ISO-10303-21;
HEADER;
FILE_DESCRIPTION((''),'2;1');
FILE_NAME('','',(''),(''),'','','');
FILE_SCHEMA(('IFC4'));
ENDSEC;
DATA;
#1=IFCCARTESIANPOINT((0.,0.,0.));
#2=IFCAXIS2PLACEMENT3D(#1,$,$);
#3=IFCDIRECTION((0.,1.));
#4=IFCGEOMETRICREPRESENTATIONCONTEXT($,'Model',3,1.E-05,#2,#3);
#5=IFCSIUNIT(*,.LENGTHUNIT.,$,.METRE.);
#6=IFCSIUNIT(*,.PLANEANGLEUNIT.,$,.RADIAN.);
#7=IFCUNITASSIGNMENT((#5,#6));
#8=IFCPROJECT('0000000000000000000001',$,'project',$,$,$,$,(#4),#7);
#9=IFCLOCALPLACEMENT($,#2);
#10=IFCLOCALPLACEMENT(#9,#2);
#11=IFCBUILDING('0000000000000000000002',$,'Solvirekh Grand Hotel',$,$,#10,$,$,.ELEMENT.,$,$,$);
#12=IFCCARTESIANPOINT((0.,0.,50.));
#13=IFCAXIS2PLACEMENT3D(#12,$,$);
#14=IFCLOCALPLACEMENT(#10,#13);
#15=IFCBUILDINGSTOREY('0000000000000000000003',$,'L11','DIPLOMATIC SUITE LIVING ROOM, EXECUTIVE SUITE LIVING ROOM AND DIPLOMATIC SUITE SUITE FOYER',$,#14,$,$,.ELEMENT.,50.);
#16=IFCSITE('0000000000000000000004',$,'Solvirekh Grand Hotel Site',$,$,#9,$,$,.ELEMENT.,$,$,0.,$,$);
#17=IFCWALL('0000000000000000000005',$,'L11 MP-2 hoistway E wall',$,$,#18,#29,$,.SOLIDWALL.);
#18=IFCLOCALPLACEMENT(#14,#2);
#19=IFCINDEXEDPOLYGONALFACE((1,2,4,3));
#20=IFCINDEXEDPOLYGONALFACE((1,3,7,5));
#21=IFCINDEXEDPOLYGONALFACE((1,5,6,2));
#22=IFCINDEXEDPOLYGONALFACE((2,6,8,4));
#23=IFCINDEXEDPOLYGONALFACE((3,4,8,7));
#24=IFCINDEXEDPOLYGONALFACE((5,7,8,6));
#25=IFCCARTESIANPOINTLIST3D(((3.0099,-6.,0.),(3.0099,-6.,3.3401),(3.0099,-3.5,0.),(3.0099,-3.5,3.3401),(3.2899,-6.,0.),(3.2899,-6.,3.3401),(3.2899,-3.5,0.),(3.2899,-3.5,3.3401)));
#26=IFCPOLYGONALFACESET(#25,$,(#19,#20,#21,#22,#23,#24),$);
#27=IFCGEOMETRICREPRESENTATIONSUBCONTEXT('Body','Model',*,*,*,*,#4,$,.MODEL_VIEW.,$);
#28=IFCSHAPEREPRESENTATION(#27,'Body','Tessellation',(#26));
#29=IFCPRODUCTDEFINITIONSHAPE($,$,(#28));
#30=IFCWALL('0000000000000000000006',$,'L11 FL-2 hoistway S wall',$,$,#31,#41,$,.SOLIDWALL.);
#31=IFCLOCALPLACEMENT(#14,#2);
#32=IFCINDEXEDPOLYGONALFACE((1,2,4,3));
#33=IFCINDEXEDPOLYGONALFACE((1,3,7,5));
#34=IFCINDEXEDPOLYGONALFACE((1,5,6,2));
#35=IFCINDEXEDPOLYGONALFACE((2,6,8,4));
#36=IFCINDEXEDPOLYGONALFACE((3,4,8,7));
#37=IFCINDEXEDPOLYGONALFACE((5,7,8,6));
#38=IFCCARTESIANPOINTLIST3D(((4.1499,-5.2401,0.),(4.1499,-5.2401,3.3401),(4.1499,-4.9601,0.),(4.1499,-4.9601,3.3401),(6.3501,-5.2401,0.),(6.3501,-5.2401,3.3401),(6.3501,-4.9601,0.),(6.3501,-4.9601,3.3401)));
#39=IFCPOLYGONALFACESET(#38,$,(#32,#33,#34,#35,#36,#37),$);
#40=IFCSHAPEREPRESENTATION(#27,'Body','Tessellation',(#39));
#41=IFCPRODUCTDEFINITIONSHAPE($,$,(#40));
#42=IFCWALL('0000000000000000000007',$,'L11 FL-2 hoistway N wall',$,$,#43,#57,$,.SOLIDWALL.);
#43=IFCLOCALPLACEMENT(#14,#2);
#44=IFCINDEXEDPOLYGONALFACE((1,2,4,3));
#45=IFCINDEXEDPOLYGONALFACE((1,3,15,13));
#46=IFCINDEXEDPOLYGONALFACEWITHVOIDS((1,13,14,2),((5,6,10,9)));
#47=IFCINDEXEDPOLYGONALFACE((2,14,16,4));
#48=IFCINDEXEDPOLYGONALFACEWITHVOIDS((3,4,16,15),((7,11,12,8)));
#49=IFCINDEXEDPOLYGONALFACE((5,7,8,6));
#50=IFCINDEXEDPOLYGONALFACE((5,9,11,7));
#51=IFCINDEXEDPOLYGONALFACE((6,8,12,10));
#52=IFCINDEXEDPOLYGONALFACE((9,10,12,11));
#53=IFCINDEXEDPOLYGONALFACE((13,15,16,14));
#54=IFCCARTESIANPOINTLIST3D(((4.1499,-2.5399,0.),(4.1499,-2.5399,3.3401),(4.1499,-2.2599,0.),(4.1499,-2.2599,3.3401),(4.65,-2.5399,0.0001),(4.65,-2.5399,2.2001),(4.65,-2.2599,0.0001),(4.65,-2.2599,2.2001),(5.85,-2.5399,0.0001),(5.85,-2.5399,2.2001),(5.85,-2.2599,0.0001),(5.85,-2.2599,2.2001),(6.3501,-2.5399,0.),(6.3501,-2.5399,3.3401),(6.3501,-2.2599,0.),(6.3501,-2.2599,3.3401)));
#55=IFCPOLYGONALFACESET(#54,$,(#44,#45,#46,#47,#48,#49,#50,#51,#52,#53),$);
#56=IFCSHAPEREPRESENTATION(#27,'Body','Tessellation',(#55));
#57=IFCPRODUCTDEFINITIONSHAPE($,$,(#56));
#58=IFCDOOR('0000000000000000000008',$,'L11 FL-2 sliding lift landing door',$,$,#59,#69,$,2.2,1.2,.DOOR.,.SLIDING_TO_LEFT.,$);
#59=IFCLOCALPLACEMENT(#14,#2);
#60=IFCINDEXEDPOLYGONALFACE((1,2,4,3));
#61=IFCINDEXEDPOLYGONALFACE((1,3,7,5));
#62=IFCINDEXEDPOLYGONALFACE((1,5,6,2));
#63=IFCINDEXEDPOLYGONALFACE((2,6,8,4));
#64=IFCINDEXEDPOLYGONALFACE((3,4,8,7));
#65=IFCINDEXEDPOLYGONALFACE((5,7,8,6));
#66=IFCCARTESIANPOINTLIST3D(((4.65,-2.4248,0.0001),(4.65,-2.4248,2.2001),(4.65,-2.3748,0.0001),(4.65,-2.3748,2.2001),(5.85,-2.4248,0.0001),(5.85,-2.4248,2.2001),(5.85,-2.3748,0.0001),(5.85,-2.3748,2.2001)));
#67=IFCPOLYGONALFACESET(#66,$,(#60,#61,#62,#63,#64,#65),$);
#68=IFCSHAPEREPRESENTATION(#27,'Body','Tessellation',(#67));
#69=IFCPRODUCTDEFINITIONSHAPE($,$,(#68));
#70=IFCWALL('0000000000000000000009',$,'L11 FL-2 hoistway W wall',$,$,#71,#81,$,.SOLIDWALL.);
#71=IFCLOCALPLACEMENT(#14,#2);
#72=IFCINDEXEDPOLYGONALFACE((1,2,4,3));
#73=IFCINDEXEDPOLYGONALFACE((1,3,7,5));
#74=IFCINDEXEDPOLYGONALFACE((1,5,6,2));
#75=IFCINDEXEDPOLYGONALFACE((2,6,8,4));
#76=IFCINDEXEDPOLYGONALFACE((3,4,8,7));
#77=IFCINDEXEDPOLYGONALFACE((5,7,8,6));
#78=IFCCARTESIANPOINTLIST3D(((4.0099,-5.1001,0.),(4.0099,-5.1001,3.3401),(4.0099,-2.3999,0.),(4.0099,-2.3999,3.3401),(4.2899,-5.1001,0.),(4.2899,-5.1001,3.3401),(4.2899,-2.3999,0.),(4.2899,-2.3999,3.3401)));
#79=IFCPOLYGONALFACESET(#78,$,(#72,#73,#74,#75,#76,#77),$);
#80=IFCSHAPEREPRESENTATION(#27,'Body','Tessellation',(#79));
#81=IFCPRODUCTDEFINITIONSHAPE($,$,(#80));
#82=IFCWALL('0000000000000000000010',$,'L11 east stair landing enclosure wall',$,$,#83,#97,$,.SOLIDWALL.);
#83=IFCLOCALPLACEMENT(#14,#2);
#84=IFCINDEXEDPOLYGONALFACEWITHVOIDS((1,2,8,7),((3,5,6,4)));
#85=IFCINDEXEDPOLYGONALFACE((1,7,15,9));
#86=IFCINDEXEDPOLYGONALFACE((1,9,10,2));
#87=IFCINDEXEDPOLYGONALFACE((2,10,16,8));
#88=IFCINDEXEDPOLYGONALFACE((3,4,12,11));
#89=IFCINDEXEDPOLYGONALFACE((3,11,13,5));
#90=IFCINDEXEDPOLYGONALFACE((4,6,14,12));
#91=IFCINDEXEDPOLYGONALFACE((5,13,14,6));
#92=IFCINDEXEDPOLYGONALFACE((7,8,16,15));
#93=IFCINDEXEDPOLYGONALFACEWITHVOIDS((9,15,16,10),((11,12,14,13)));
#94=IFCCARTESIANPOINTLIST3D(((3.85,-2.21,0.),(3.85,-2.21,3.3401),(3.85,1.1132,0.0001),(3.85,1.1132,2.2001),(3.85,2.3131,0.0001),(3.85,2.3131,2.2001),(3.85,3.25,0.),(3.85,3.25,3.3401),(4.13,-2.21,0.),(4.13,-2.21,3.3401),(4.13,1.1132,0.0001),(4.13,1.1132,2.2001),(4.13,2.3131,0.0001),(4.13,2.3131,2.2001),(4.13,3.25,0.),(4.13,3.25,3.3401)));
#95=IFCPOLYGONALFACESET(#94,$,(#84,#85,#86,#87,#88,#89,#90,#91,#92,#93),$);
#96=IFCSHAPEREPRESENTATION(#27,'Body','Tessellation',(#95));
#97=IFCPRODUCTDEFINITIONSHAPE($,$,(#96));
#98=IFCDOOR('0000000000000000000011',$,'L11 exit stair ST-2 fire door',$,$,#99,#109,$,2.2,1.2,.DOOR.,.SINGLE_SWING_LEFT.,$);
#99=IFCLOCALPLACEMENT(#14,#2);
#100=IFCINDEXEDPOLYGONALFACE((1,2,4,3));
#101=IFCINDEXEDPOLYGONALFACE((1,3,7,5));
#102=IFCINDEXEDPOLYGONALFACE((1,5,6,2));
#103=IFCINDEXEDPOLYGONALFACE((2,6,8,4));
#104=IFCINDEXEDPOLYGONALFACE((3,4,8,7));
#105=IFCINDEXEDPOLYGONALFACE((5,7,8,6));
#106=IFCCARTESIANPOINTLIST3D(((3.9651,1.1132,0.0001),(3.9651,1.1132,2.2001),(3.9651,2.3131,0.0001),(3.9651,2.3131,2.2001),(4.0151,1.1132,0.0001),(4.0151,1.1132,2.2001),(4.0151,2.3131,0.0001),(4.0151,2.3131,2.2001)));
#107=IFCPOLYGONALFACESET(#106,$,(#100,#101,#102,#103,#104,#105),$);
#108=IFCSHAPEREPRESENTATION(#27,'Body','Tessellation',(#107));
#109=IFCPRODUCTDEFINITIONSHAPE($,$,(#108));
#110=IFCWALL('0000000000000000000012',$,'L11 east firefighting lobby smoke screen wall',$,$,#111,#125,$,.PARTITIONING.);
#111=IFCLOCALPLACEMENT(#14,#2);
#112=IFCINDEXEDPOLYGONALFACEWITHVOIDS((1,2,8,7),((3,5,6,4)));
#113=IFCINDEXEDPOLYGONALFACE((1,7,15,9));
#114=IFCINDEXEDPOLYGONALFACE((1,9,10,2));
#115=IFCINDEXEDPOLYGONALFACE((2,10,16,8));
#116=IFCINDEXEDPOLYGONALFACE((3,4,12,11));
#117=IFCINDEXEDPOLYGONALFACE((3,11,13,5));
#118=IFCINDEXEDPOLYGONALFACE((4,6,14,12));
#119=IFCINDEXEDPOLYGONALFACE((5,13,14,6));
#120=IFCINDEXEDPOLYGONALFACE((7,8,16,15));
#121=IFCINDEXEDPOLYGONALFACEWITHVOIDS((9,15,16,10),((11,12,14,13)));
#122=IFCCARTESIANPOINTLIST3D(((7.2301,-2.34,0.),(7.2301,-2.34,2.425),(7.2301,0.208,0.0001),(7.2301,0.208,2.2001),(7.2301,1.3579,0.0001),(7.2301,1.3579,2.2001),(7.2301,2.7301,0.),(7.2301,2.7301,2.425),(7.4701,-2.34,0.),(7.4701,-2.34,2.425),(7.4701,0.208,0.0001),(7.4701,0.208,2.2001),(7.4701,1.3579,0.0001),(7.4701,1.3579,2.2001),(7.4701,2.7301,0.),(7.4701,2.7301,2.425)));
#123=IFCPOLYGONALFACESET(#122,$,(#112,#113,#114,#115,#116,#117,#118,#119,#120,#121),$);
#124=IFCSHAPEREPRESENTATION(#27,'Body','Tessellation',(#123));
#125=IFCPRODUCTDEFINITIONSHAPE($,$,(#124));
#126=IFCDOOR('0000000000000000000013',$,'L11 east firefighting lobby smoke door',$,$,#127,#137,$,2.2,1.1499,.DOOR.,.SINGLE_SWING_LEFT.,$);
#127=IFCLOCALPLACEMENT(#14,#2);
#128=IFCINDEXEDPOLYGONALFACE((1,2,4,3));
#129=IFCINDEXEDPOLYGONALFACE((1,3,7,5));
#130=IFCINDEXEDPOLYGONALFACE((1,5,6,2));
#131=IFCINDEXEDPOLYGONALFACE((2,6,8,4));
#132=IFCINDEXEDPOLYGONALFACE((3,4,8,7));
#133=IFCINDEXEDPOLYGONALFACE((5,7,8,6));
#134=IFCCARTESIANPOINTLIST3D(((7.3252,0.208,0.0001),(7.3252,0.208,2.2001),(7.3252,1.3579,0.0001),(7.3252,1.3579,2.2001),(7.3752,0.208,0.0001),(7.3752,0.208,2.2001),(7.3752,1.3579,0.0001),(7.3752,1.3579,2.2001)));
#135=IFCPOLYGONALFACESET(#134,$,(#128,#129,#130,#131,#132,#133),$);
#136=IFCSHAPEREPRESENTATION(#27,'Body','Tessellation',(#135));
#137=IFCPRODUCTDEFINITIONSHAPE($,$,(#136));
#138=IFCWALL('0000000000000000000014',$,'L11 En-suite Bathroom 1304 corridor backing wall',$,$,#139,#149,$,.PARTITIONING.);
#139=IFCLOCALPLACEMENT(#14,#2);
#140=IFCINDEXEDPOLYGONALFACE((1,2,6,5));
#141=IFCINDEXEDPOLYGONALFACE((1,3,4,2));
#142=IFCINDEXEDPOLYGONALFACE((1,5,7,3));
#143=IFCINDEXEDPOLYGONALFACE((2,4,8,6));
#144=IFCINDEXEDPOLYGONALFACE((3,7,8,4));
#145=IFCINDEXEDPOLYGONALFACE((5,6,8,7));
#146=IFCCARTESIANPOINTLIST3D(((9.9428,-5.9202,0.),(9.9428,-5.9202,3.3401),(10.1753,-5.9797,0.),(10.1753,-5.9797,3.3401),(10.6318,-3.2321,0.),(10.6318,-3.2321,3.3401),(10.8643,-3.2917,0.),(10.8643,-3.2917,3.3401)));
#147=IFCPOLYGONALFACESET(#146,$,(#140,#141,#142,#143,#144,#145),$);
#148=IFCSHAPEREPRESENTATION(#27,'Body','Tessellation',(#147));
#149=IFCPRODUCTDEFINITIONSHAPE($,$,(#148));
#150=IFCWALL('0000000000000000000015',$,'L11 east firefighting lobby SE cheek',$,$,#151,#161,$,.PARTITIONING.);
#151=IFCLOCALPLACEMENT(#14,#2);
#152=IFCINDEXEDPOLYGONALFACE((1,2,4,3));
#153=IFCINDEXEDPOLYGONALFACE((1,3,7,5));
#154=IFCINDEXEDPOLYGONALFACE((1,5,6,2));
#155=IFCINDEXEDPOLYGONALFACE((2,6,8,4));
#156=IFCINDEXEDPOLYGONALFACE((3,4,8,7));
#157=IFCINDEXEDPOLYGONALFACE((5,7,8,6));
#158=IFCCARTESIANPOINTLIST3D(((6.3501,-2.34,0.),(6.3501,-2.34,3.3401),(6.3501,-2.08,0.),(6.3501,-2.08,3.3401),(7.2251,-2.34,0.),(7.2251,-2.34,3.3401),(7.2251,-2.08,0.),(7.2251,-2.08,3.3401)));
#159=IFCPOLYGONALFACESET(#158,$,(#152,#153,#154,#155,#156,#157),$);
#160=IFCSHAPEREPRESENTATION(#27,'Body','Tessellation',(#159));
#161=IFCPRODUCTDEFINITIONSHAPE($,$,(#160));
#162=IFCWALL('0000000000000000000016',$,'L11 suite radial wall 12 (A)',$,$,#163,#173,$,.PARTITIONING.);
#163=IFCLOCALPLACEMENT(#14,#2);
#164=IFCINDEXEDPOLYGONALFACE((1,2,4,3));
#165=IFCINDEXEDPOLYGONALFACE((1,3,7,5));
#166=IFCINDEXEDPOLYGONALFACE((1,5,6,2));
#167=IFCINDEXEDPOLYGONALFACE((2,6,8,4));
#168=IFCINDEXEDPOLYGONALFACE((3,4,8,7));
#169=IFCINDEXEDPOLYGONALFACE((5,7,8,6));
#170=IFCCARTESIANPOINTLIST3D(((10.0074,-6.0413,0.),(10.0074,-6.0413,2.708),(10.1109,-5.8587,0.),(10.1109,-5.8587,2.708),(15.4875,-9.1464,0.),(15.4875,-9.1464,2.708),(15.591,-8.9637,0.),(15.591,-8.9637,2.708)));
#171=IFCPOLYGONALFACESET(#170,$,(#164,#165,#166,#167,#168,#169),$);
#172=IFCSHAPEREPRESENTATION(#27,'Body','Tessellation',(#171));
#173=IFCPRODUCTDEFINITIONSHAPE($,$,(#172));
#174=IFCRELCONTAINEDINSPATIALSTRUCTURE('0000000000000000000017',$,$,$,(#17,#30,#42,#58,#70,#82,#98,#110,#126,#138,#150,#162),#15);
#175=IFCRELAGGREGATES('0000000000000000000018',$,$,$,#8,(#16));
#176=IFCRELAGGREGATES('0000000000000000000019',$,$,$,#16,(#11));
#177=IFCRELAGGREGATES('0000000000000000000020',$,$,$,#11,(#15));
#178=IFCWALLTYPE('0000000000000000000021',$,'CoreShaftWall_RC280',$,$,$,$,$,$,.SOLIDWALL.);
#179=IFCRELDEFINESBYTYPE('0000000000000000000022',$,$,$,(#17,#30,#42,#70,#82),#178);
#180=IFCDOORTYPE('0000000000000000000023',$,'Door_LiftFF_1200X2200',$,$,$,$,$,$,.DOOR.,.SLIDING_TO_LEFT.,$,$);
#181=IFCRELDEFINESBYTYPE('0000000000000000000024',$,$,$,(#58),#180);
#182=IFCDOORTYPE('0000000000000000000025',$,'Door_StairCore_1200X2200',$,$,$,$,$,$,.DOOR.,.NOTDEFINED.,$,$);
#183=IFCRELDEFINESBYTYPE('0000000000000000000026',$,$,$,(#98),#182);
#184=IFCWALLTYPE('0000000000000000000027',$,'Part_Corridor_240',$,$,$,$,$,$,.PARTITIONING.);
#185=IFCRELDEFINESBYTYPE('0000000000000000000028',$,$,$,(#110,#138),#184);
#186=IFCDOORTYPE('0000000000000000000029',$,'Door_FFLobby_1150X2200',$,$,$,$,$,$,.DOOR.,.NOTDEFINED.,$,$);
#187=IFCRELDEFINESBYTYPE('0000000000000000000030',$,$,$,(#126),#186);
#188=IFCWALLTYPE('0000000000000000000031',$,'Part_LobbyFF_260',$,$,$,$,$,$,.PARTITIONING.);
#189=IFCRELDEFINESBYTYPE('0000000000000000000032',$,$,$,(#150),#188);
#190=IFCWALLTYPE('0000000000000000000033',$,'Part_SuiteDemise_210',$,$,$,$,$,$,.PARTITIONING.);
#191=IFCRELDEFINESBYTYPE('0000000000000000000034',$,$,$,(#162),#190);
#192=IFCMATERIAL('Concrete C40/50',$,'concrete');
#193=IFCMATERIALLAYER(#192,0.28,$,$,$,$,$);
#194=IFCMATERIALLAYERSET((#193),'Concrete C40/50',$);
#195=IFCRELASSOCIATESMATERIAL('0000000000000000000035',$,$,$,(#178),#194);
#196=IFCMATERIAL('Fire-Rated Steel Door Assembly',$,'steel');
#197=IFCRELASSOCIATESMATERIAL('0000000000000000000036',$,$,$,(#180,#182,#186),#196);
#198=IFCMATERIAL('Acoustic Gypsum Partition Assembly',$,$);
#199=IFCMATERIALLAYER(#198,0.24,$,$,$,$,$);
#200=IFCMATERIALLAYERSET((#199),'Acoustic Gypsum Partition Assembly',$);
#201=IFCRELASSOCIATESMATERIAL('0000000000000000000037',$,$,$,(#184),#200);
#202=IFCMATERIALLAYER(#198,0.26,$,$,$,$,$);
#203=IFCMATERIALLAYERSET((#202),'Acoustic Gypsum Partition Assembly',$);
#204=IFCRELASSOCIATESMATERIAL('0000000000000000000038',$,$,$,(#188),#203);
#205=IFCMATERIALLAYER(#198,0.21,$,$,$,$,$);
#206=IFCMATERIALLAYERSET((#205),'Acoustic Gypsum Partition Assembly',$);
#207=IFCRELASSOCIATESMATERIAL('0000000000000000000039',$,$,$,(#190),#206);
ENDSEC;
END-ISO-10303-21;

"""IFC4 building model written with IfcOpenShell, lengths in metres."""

from ifc_helpers import new_model, si_unit, direction, frame, frame_2d, origin, place, context, subcontext, project, spatial, rectangle, extrude, material, layer, layer_set, type_object, element, fill, save


model = new_model("IFC4")

# Units and contexts
model_context = context("Model", 3, precision=1e-05, world=origin(), true_north=direction((0.0, 1.0)))
body_context = subcontext(model_context, "Body", "Model", "MODEL_VIEW")
ifc_project = project(units=[si_unit("LENGTHUNIT", "METRE"), si_unit("PLANEANGLEUNIT", "RADIAN")], contexts=[model_context])

# Site, building, storey
site_placement = place(None, origin())
site = spatial("IfcSite", under=ifc_project, at=site_placement, Name="Solvirekh Grand Hotel Site", CompositionType="ELEMENT", RefElevation=0.0)
building_placement = place(site_placement, origin())
building = spatial("IfcBuilding", under=site, at=building_placement, Name="Solvirekh Grand Hotel", CompositionType="ELEMENT")
storey_placement = place(building_placement, frame((0.0, 0.0, 50.0)))
storey = spatial("IfcBuildingStorey", under=building, at=storey_placement, Name="L11", Description="DIPLOMATIC SUITE LIVING ROOM, EXECUTIVE SUITE LIVING ROOM AND DIPLOMATIC SUITE SUITE FOYER", CompositionType="ELEMENT", Elevation=50.0)

# Walls
ifc_material_1 = material(Name="Concrete C40/50", Category="concrete")
ifc_layer_1 = layer(ifc_material_1, 0.28)
ifc_layer_set_1 = layer_set([ifc_layer_1], Name="Concrete C40/50")
wall_type_1 = type_object("IfcWallType", Name="CoreShaftWall_RC280", PredefinedType="SOLIDWALL", material=ifc_layer_set_1)
wall_1_placement = place(storey_placement, frame((3.1499, -6.0, 0.0), z_axis=(0.0, 0.0, 1.0), x_axis=(0.0, 1.0, 0.0)))
element("IfcWall", 1, at=wall_1_placement, inside=storey, type_object=wall_type_1, Name="L11 MP-2 hoistway E wall", PredefinedType="SOLIDWALL", context=body_context, shape_type="SweptSolid", body=[
    extrude(rectangle(XDim=2.5, YDim=0.28, at=frame_2d((1.25, 0.0))), origin(), (0.0, 0.0, 1.0), 3.3401),
])
wall_2_placement = place(storey_placement, frame((4.1499, -5.1001, 0.0), z_axis=(0.0, 0.0, 1.0), x_axis=(1.0, 0.0, 0.0)))
element("IfcWall", 2, at=wall_2_placement, inside=storey, type_object=wall_type_1, Name="L11 FL-2 hoistway S wall", PredefinedType="SOLIDWALL", context=body_context, shape_type="SweptSolid", body=[
    extrude(rectangle(XDim=2.2002, YDim=0.28, at=frame_2d((1.1001, 0.0))), origin(), (0.0, 0.0, 1.0), 3.3401),
])

# Wall, opening, door
wall_3_placement = place(storey_placement, frame((6.3501, -2.3999, 0.0), z_axis=(0.0, 0.0, 1.0), x_axis=(-1.0, 0.0, 0.0)))
wall_3 = element("IfcWall", 3, at=wall_3_placement, inside=storey, type_object=wall_type_1, Name="L11 FL-2 hoistway N wall", PredefinedType="SOLIDWALL", context=body_context, shape_type="SweptSolid", body=[
    extrude(rectangle(XDim=2.2002, YDim=0.28, at=frame_2d((1.1001, 0.0))), origin(), (0.0, 0.0, 1.0), 3.3401),
])
opening_1_placement = place(wall_3_placement, frame((0.5, 0.0, 0.0)))
opening_1 = element("IfcOpeningElement", 4, at=opening_1_placement, cuts=wall_3, PredefinedType="OPENING", context=body_context, shape_type="SweptSolid", body=[
    extrude(rectangle(XDim=1.2, YDim=2.2, at=frame_2d((0.6001, 1.1001))), frame((0.0, 0.1499, 0.0), z_axis=(0.0, -1.0, 0.0), x_axis=(1.0, 0.0, 0.0)), (0.0, 0.0, 1.0), 0.3),
])
ifc_material_2 = material(Name="Fire-Rated Steel Door Assembly", Category="steel")
door_type_1 = type_object("IfcDoorType", Name="Door_LiftFF_1200X2200", OperationType="SLIDING_TO_LEFT", PredefinedType="DOOR", material=ifc_material_2)
door_1_placement = place(opening_1_placement, origin())
door_1 = element("IfcDoor", 5, at=door_1_placement, inside=storey, type_object=door_type_1, Name="L11 FL-2 sliding lift landing door", OperationType="SLIDING_TO_LEFT", OverallHeight=2.2, OverallWidth=1.2, PredefinedType="DOOR", context=body_context, shape_type="SweptSolid", body=[
    extrude(rectangle(XDim=1.2, YDim=2.2, at=frame_2d((0.6001, 1.1001))), frame((0.0, 0.0249, 0.0), z_axis=(0.0, -1.0, 0.0), x_axis=(1.0, 0.0, 0.0)), (0.0, 0.0, 1.0), 0.05),
])
fill(opening_1, door_1)

# Wall
wall_4_placement = place(storey_placement, frame((4.1499, -2.3999, 0.0), z_axis=(0.0, 0.0, 1.0), x_axis=(0.0, -1.0, 0.0)))
element("IfcWall", 6, at=wall_4_placement, inside=storey, type_object=wall_type_1, Name="L11 FL-2 hoistway W wall", PredefinedType="SOLIDWALL", context=body_context, shape_type="SweptSolid", body=[
    extrude(rectangle(XDim=2.7002, YDim=0.28, at=frame_2d((1.3501, 0.0))), origin(), (0.0, 0.0, 1.0), 3.3401),
])

# Walls, openings, doors
wall_5_placement = place(storey_placement, frame((3.99, -2.21, 0.0), z_axis=(0.0, 0.0, 1.0), x_axis=(0.0, 1.0, 0.0)))
wall_5 = element("IfcWall", 7, at=wall_5_placement, inside=storey, type_object=wall_type_1, Name="L11 east stair landing enclosure wall", PredefinedType="SOLIDWALL", context=body_context, shape_type="SweptSolid", body=[
    extrude(rectangle(XDim=5.46, YDim=0.28, at=frame_2d((2.73, 0.0))), origin(), (0.0, 0.0, 1.0), 3.3401),
])
opening_2_placement = place(wall_5_placement, frame((3.323, 0.0, 0.0)))
opening_2 = element("IfcOpeningElement", 8, at=opening_2_placement, cuts=wall_5, PredefinedType="OPENING", context=body_context, shape_type="SweptSolid", body=[
    extrude(rectangle(XDim=1.2, YDim=2.2, at=frame_2d((0.6001, 1.1001))), frame((0.0, 0.1499, 0.0), z_axis=(0.0, -1.0, 0.0), x_axis=(1.0, 0.0, 0.0)), (0.0, 0.0, 1.0), 0.3),
])
door_type_2 = type_object("IfcDoorType", Name="Door_StairCore_1200X2200", OperationType="NOTDEFINED", PredefinedType="DOOR", material=ifc_material_2)
door_2_placement = place(opening_2_placement, origin())
door_2 = element("IfcDoor", 9, at=door_2_placement, inside=storey, type_object=door_type_2, Name="L11 exit stair ST-2 fire door", OperationType="SINGLE_SWING_LEFT", OverallHeight=2.2, OverallWidth=1.2, PredefinedType="DOOR", context=body_context, shape_type="SweptSolid", body=[
    extrude(rectangle(XDim=1.2, YDim=2.2, at=frame_2d((0.6001, 1.1001))), frame((0.0, 0.0249, 0.0), z_axis=(0.0, -1.0, 0.0), x_axis=(1.0, 0.0, 0.0)), (0.0, 0.0, 1.0), 0.05),
])
fill(opening_2, door_2)
ifc_material_3 = material(Name="Acoustic Gypsum Partition Assembly")
ifc_layer_2 = layer(ifc_material_3, 0.24)
ifc_layer_set_2 = layer_set([ifc_layer_2], Name="Acoustic Gypsum Partition Assembly")
wall_type_2 = type_object("IfcWallType", Name="Part_Corridor_240", PredefinedType="PARTITIONING", material=ifc_layer_set_2)
wall_6_placement = place(storey_placement, frame((7.3501, -2.3401, 0.0), z_axis=(0.0, 0.0, 1.0), x_axis=(0.0, 1.0, 0.0)))
wall_6 = element("IfcWall", 10, at=wall_6_placement, inside=storey, type_object=wall_type_2, Name="L11 east firefighting lobby smoke screen wall", PredefinedType="PARTITIONING", context=body_context, shape_type="SweptSolid", body=[
    extrude(rectangle(XDim=5.0701, YDim=0.24, at=frame_2d((2.5352, 0.0))), origin(), (0.0, 0.0, 1.0), 2.425),
])
opening_3_placement = place(wall_6_placement, frame((2.5481, 0.0, 0.0)))
opening_3 = element("IfcOpeningElement", 11, at=opening_3_placement, cuts=wall_6, PredefinedType="OPENING", context=body_context, shape_type="SweptSolid", body=[
    extrude(rectangle(XDim=1.1499, YDim=2.2, at=frame_2d((0.575, 1.1001))), frame((0.0, 0.1299, 0.0), z_axis=(0.0, -1.0, 0.0), x_axis=(1.0, 0.0, 0.0)), (0.0, 0.0, 1.0), 0.26),
])
door_type_3 = type_object("IfcDoorType", Name="Door_FFLobby_1150X2200", OperationType="NOTDEFINED", PredefinedType="DOOR", material=ifc_material_2)
door_3_placement = place(opening_3_placement, origin())
door_3 = element("IfcDoor", 12, at=door_3_placement, inside=storey, type_object=door_type_3, Name="L11 east firefighting lobby smoke door", OperationType="SINGLE_SWING_LEFT", OverallHeight=2.2, OverallWidth=1.1499, PredefinedType="DOOR", context=body_context, shape_type="SweptSolid", body=[
    extrude(rectangle(XDim=1.1499, YDim=2.2, at=frame_2d((0.575, 1.1001))), frame((0.0, 0.0249, 0.0), z_axis=(0.0, -1.0, 0.0), x_axis=(1.0, 0.0, 0.0)), (0.0, 0.0, 1.0), 0.05),
])
fill(opening_3, door_3)

# Walls
wall_7_placement = place(storey_placement, frame((10.0591, -5.95, 0.0), z_axis=(0.0, 0.0, 1.0), x_axis=(0.248286, 0.968687, 0.0)))
element("IfcWall", 13, at=wall_7_placement, inside=storey, type_object=wall_type_2, Name="L11 En-suite Bathroom 1304 corridor backing wall", PredefinedType="PARTITIONING", context=body_context, shape_type="SweptSolid", body=[
    extrude(rectangle(XDim=2.7749, YDim=0.24, at=frame_2d((1.3875, 0.0))), origin(), (0.0, 0.0, 1.0), 3.3401),
])
ifc_layer_3 = layer(ifc_material_3, 0.26)
ifc_layer_set_3 = layer_set([ifc_layer_3], Name="Acoustic Gypsum Partition Assembly")
wall_type_3 = type_object("IfcWallType", Name="Part_LobbyFF_260", PredefinedType="PARTITIONING", material=ifc_layer_set_3)
wall_8_placement = place(storey_placement, frame((6.3501, -2.21, 0.0), z_axis=(0.0, 0.0, 1.0), x_axis=(1.0, 0.0, 0.0)))
element("IfcWall", 14, at=wall_8_placement, inside=storey, type_object=wall_type_3, Name="L11 east firefighting lobby SE cheek", PredefinedType="PARTITIONING", context=body_context, shape_type="SweptSolid", body=[
    extrude(rectangle(XDim=0.875, YDim=0.26, at=frame_2d((0.4375, 0.0))), origin(), (0.0, 0.0, 1.0), 3.3401),
])
ifc_layer_4 = layer(ifc_material_3, 0.21)
ifc_layer_set_4 = layer_set([ifc_layer_4], Name="Acoustic Gypsum Partition Assembly")
wall_type_4 = type_object("IfcWallType", Name="Part_SuiteDemise_210", PredefinedType="PARTITIONING", material=ifc_layer_set_4)
wall_9_placement = place(storey_placement, frame((10.0591, -5.95, 0.0), z_axis=(0.0, 0.0, 1.0), x_axis=(0.870045, -0.492971, 0.0)))
element("IfcWall", 15, at=wall_9_placement, inside=storey, type_object=wall_type_4, Name="L11 suite radial wall 12 (A)", PredefinedType="PARTITIONING", context=body_context, shape_type="SweptSolid", body=[
    extrude(rectangle(XDim=6.2986, YDim=0.21, at=frame_2d((3.1494, 0.0))), origin(), (0.0, 0.0, 1.0), 2.708),
])

save(model, "model.ifc")
